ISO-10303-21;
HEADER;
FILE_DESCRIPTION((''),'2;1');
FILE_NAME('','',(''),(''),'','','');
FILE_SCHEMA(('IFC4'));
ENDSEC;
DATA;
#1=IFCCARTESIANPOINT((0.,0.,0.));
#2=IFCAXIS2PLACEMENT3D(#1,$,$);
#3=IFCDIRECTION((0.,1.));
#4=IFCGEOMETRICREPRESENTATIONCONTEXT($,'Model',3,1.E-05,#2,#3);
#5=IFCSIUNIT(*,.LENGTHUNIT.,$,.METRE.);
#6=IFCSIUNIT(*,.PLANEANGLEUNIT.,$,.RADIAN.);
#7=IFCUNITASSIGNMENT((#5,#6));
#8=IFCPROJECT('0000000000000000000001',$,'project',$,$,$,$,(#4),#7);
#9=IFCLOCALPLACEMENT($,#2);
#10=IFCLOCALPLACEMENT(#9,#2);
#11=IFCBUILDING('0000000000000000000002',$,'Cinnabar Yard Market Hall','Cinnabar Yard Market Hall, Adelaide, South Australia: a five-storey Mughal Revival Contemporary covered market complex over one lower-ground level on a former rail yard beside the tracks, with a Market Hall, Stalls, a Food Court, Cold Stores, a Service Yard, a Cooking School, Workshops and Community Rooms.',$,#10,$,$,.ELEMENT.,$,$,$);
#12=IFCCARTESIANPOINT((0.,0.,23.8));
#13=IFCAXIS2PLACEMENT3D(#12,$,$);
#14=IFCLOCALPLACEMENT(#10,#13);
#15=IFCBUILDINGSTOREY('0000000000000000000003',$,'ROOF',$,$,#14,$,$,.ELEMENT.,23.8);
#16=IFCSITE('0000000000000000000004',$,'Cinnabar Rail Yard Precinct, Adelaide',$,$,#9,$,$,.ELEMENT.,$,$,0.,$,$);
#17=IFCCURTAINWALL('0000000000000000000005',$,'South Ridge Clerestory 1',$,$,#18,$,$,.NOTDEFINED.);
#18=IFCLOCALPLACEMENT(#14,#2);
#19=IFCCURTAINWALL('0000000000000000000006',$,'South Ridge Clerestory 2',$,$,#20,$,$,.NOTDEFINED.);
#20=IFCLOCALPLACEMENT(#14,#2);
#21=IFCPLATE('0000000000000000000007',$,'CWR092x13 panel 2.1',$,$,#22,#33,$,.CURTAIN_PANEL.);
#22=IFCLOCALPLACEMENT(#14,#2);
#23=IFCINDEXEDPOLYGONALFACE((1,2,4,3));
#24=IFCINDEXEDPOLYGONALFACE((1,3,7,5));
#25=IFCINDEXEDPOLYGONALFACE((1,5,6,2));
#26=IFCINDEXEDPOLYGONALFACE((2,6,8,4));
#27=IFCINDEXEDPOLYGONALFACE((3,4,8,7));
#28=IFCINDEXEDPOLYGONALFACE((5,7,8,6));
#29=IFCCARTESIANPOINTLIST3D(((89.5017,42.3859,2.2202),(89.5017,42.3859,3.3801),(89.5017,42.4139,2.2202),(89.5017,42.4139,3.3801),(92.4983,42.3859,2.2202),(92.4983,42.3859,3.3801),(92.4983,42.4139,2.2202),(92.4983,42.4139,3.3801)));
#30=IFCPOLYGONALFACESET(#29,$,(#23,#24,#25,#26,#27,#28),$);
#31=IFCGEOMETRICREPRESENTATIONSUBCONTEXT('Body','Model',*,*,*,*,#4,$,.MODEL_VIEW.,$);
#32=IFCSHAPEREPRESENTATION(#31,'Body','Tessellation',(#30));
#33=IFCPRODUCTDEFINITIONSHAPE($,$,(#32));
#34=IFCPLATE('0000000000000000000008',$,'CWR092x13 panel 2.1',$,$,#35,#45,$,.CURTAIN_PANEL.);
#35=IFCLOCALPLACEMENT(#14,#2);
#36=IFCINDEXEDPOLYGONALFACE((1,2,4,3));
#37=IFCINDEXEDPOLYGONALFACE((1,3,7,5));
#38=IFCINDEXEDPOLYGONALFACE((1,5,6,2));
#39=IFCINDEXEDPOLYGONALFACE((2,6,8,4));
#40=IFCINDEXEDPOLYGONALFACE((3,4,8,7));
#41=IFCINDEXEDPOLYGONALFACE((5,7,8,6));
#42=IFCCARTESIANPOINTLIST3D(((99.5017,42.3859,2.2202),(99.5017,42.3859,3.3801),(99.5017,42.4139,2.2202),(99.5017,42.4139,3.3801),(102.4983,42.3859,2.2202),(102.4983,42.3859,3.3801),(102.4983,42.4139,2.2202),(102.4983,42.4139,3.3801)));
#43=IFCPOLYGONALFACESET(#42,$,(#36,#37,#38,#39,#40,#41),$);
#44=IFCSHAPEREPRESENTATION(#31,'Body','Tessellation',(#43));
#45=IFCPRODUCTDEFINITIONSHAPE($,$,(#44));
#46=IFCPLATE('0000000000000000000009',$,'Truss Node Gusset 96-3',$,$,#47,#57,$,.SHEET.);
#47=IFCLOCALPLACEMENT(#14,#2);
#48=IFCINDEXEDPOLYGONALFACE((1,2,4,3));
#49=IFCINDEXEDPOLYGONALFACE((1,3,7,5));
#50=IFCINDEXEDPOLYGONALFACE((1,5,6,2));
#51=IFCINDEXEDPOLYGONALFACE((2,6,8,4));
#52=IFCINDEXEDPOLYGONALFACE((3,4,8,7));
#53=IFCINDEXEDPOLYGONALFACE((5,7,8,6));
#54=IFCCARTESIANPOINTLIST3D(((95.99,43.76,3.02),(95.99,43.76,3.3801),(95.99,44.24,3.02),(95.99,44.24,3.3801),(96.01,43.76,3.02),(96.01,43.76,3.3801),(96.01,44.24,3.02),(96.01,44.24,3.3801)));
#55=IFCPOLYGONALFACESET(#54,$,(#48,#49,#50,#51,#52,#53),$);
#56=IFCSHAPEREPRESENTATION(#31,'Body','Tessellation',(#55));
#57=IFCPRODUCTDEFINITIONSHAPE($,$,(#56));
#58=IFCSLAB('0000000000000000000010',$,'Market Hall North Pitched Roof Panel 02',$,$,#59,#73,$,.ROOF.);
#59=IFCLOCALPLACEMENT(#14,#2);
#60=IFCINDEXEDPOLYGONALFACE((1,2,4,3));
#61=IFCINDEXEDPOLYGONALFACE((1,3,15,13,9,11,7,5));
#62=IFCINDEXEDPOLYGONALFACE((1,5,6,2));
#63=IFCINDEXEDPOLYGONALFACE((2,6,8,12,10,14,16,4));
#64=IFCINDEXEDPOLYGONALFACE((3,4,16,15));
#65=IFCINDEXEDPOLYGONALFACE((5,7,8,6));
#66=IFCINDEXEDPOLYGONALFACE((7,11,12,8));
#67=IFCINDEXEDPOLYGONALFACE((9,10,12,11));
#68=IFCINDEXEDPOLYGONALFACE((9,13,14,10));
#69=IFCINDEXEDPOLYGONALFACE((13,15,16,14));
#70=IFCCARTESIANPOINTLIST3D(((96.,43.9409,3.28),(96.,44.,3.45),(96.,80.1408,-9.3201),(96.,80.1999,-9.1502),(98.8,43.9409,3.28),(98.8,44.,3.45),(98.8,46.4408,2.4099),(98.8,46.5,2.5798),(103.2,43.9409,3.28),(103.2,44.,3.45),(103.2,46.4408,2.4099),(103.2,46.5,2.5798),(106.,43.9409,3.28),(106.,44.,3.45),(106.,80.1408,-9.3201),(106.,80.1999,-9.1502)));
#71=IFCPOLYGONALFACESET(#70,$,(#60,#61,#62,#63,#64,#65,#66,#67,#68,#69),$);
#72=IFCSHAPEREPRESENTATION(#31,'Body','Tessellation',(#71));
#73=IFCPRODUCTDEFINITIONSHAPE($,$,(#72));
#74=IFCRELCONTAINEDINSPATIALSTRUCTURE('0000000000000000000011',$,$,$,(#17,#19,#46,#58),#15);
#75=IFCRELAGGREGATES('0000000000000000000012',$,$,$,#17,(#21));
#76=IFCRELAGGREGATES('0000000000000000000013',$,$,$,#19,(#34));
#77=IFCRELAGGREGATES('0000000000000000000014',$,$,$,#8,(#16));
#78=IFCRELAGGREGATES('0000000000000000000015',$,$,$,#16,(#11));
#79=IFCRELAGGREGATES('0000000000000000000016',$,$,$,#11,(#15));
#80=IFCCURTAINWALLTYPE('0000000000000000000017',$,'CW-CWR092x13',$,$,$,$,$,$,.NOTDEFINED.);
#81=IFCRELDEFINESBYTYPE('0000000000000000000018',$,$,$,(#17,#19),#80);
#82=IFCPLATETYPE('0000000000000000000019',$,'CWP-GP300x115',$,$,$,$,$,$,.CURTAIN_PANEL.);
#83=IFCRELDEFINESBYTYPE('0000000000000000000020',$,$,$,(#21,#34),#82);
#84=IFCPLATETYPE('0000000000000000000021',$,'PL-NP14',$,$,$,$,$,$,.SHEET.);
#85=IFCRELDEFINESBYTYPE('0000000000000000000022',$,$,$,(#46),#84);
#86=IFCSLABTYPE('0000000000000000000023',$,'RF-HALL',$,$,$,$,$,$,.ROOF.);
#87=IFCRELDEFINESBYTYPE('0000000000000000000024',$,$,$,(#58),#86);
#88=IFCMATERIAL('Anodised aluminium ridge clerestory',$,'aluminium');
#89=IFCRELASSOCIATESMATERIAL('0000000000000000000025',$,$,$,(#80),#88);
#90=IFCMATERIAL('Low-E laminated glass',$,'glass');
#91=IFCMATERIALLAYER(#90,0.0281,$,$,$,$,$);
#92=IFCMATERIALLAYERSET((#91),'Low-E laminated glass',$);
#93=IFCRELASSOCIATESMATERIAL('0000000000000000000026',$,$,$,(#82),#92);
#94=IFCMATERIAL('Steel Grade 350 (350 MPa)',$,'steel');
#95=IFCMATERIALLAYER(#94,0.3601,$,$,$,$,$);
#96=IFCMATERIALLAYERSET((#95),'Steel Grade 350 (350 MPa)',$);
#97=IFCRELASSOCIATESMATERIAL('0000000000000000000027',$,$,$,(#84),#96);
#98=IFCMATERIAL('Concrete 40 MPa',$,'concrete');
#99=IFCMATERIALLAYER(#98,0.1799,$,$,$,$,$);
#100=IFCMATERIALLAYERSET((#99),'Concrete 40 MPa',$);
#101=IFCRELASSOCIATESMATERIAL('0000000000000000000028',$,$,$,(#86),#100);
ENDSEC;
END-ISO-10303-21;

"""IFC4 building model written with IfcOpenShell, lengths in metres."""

from ifc_helpers import new_model, si_unit, direction, frame, origin, origin_2d_with_axis, place, context, subcontext, project, spatial, polyline, rectangle, outline, extrude, material, layer, layer_set, type_object, element, aggregate, save


model = new_model("IFC4")

# Units and contexts
model_context = context("Model", 3, precision=1e-05, world=origin(), true_north=direction((0.0, 1.0)))
body_context = subcontext(model_context, "Body", "Model", "MODEL_VIEW")
ifc_project = project(units=[si_unit("LENGTHUNIT", "METRE"), si_unit("PLANEANGLEUNIT", "RADIAN")], contexts=[model_context])

# Site, building, storey
site_placement = place(None, origin())
site = spatial("IfcSite", under=ifc_project, at=site_placement, Name="Cinnabar Rail Yard Precinct, Adelaide", CompositionType="ELEMENT", RefElevation=0.0)
building_placement = place(site_placement, origin())
building = spatial("IfcBuilding", under=site, at=building_placement, Name="Cinnabar Yard Market Hall", Description="Cinnabar Yard Market Hall, Adelaide, South Australia: a five-storey Mughal Revival Contemporary covered market complex over one lower-ground level on a former rail yard beside the tracks, with a Market Hall, Stalls, a Food Court, Cold Stores, a Service Yard, a Cooking School, Workshops and Community Rooms.", CompositionType="ELEMENT")
storey_placement = place(building_placement, frame((0.0, 0.0, 23.8)))
storey = spatial("IfcBuildingStorey", under=building, at=storey_placement, Name="ROOF", CompositionType="ELEMENT", Elevation=23.8)

# Curtain walls
ifc_material_1 = material(Name="Anodised aluminium ridge clerestory", Category="aluminium")
curtain_wall_type = type_object("IfcCurtainWallType", Name="CW-CWR092x13", PredefinedType="NOTDEFINED", material=ifc_material_1)
curtain_wall_1_placement = place(storey_placement, origin())
curtain_wall_1 = element("IfcCurtainWall", 1, at=curtain_wall_1_placement, inside=storey, type_object=curtain_wall_type, Name="South Ridge Clerestory 1", PredefinedType="NOTDEFINED")
curtain_wall_2_placement = place(storey_placement, origin())
curtain_wall_2 = element("IfcCurtainWall", 2, at=curtain_wall_2_placement, inside=storey, type_object=curtain_wall_type, Name="South Ridge Clerestory 2", PredefinedType="NOTDEFINED")

# Plates
ifc_material_2 = material(Name="Low-E laminated glass", Category="glass")
ifc_layer_1 = layer(ifc_material_2, 0.0281)
ifc_layer_set_1 = layer_set([ifc_layer_1], Name="Low-E laminated glass")
plate_type_1 = type_object("IfcPlateType", Name="CWP-GP300x115", PredefinedType="CURTAIN_PANEL", material=ifc_layer_set_1)
plate_1_placement = place(storey_placement, frame((91.0, 42.3999, 2.2202), z_axis=(0.0, 0.0, 1.0), x_axis=(1.0, 0.0, 0.0)))
plate_1 = element("IfcPlate", 3, at=plate_1_placement, type_object=plate_type_1, Name="CWR092x13 panel 2.1", PredefinedType="CURTAIN_PANEL", context=body_context, shape_type="SweptSolid", body=[
    extrude(rectangle(XDim=2.9966, YDim=0.0281, at=origin_2d_with_axis()), origin(), (0.0, 0.0, 1.0), 1.1599),
])
aggregate(curtain_wall_1, [plate_1])
plate_2_placement = place(storey_placement, frame((101.0, 42.3999, 2.2202), z_axis=(0.0, 0.0, 1.0), x_axis=(1.0, 0.0, 0.0)))
plate_2 = element("IfcPlate", 4, at=plate_2_placement, type_object=plate_type_1, Name="CWR092x13 panel 2.1", PredefinedType="CURTAIN_PANEL", context=body_context, shape_type="SweptSolid", body=[
    extrude(rectangle(XDim=2.9966, YDim=0.0281, at=origin_2d_with_axis()), origin(), (0.0, 0.0, 1.0), 1.1599),
])
aggregate(curtain_wall_2, [plate_2])
ifc_material_3 = material(Name="Steel Grade 350 (350 MPa)", Category="steel")
ifc_layer_2 = layer(ifc_material_3, 0.3601)
ifc_layer_set_2 = layer_set([ifc_layer_2], Name="Steel Grade 350 (350 MPa)")
plate_type_2 = type_object("IfcPlateType", Name="PL-NP14", PredefinedType="SHEET", material=ifc_layer_set_2)
plate_3_placement = place(storey_placement, frame((96.0, 44.0, 3.02), z_axis=(0.0, 0.0, 1.0), x_axis=(1.0, 0.0, 0.0)))
element("IfcPlate", 5, at=plate_3_placement, inside=storey, type_object=plate_type_2, Name="Truss Node Gusset 96-3", PredefinedType="SHEET", context=body_context, shape_type="SweptSolid", body=[
    extrude(rectangle(XDim=0.02, YDim=0.48, at=origin_2d_with_axis()), origin(), (0.0, 0.0, 1.0), 0.3601),
])

# Slab
ifc_material_4 = material(Name="Concrete 40 MPa", Category="concrete")
ifc_layer_3 = layer(ifc_material_4, 0.1799)
ifc_layer_set_3 = layer_set([ifc_layer_3], Name="Concrete 40 MPa")
slab_type = type_object("IfcSlabType", Name="RF-HALL", PredefinedType="ROOF", material=ifc_layer_set_3)
slab_placement = place(storey_placement, frame((96.0, 44.0, 3.45), z_axis=(0.0, 0.328726, 0.944425), x_axis=(1.0, 0.0, 0.0)))
element("IfcSlab", 6, at=slab_placement, inside=storey, type_object=slab_type, Name="Market Hall North Pitched Roof Panel 02", PredefinedType="ROOF", context=body_context, shape_type="SweptSolid", body=[
    extrude(outline(polyline([(0.0, 0.0), (2.8, 0.0), (2.8, 2.6471), (7.2, 2.6471), (7.2, 0.0), (10.0, 0.0), (10.0, 38.3301), (0.0, 38.3301), (0.0, 0.0)])), origin(), (0.0, 0.0, -1.0), 0.1799),
])

save(model, "model.ifc")
